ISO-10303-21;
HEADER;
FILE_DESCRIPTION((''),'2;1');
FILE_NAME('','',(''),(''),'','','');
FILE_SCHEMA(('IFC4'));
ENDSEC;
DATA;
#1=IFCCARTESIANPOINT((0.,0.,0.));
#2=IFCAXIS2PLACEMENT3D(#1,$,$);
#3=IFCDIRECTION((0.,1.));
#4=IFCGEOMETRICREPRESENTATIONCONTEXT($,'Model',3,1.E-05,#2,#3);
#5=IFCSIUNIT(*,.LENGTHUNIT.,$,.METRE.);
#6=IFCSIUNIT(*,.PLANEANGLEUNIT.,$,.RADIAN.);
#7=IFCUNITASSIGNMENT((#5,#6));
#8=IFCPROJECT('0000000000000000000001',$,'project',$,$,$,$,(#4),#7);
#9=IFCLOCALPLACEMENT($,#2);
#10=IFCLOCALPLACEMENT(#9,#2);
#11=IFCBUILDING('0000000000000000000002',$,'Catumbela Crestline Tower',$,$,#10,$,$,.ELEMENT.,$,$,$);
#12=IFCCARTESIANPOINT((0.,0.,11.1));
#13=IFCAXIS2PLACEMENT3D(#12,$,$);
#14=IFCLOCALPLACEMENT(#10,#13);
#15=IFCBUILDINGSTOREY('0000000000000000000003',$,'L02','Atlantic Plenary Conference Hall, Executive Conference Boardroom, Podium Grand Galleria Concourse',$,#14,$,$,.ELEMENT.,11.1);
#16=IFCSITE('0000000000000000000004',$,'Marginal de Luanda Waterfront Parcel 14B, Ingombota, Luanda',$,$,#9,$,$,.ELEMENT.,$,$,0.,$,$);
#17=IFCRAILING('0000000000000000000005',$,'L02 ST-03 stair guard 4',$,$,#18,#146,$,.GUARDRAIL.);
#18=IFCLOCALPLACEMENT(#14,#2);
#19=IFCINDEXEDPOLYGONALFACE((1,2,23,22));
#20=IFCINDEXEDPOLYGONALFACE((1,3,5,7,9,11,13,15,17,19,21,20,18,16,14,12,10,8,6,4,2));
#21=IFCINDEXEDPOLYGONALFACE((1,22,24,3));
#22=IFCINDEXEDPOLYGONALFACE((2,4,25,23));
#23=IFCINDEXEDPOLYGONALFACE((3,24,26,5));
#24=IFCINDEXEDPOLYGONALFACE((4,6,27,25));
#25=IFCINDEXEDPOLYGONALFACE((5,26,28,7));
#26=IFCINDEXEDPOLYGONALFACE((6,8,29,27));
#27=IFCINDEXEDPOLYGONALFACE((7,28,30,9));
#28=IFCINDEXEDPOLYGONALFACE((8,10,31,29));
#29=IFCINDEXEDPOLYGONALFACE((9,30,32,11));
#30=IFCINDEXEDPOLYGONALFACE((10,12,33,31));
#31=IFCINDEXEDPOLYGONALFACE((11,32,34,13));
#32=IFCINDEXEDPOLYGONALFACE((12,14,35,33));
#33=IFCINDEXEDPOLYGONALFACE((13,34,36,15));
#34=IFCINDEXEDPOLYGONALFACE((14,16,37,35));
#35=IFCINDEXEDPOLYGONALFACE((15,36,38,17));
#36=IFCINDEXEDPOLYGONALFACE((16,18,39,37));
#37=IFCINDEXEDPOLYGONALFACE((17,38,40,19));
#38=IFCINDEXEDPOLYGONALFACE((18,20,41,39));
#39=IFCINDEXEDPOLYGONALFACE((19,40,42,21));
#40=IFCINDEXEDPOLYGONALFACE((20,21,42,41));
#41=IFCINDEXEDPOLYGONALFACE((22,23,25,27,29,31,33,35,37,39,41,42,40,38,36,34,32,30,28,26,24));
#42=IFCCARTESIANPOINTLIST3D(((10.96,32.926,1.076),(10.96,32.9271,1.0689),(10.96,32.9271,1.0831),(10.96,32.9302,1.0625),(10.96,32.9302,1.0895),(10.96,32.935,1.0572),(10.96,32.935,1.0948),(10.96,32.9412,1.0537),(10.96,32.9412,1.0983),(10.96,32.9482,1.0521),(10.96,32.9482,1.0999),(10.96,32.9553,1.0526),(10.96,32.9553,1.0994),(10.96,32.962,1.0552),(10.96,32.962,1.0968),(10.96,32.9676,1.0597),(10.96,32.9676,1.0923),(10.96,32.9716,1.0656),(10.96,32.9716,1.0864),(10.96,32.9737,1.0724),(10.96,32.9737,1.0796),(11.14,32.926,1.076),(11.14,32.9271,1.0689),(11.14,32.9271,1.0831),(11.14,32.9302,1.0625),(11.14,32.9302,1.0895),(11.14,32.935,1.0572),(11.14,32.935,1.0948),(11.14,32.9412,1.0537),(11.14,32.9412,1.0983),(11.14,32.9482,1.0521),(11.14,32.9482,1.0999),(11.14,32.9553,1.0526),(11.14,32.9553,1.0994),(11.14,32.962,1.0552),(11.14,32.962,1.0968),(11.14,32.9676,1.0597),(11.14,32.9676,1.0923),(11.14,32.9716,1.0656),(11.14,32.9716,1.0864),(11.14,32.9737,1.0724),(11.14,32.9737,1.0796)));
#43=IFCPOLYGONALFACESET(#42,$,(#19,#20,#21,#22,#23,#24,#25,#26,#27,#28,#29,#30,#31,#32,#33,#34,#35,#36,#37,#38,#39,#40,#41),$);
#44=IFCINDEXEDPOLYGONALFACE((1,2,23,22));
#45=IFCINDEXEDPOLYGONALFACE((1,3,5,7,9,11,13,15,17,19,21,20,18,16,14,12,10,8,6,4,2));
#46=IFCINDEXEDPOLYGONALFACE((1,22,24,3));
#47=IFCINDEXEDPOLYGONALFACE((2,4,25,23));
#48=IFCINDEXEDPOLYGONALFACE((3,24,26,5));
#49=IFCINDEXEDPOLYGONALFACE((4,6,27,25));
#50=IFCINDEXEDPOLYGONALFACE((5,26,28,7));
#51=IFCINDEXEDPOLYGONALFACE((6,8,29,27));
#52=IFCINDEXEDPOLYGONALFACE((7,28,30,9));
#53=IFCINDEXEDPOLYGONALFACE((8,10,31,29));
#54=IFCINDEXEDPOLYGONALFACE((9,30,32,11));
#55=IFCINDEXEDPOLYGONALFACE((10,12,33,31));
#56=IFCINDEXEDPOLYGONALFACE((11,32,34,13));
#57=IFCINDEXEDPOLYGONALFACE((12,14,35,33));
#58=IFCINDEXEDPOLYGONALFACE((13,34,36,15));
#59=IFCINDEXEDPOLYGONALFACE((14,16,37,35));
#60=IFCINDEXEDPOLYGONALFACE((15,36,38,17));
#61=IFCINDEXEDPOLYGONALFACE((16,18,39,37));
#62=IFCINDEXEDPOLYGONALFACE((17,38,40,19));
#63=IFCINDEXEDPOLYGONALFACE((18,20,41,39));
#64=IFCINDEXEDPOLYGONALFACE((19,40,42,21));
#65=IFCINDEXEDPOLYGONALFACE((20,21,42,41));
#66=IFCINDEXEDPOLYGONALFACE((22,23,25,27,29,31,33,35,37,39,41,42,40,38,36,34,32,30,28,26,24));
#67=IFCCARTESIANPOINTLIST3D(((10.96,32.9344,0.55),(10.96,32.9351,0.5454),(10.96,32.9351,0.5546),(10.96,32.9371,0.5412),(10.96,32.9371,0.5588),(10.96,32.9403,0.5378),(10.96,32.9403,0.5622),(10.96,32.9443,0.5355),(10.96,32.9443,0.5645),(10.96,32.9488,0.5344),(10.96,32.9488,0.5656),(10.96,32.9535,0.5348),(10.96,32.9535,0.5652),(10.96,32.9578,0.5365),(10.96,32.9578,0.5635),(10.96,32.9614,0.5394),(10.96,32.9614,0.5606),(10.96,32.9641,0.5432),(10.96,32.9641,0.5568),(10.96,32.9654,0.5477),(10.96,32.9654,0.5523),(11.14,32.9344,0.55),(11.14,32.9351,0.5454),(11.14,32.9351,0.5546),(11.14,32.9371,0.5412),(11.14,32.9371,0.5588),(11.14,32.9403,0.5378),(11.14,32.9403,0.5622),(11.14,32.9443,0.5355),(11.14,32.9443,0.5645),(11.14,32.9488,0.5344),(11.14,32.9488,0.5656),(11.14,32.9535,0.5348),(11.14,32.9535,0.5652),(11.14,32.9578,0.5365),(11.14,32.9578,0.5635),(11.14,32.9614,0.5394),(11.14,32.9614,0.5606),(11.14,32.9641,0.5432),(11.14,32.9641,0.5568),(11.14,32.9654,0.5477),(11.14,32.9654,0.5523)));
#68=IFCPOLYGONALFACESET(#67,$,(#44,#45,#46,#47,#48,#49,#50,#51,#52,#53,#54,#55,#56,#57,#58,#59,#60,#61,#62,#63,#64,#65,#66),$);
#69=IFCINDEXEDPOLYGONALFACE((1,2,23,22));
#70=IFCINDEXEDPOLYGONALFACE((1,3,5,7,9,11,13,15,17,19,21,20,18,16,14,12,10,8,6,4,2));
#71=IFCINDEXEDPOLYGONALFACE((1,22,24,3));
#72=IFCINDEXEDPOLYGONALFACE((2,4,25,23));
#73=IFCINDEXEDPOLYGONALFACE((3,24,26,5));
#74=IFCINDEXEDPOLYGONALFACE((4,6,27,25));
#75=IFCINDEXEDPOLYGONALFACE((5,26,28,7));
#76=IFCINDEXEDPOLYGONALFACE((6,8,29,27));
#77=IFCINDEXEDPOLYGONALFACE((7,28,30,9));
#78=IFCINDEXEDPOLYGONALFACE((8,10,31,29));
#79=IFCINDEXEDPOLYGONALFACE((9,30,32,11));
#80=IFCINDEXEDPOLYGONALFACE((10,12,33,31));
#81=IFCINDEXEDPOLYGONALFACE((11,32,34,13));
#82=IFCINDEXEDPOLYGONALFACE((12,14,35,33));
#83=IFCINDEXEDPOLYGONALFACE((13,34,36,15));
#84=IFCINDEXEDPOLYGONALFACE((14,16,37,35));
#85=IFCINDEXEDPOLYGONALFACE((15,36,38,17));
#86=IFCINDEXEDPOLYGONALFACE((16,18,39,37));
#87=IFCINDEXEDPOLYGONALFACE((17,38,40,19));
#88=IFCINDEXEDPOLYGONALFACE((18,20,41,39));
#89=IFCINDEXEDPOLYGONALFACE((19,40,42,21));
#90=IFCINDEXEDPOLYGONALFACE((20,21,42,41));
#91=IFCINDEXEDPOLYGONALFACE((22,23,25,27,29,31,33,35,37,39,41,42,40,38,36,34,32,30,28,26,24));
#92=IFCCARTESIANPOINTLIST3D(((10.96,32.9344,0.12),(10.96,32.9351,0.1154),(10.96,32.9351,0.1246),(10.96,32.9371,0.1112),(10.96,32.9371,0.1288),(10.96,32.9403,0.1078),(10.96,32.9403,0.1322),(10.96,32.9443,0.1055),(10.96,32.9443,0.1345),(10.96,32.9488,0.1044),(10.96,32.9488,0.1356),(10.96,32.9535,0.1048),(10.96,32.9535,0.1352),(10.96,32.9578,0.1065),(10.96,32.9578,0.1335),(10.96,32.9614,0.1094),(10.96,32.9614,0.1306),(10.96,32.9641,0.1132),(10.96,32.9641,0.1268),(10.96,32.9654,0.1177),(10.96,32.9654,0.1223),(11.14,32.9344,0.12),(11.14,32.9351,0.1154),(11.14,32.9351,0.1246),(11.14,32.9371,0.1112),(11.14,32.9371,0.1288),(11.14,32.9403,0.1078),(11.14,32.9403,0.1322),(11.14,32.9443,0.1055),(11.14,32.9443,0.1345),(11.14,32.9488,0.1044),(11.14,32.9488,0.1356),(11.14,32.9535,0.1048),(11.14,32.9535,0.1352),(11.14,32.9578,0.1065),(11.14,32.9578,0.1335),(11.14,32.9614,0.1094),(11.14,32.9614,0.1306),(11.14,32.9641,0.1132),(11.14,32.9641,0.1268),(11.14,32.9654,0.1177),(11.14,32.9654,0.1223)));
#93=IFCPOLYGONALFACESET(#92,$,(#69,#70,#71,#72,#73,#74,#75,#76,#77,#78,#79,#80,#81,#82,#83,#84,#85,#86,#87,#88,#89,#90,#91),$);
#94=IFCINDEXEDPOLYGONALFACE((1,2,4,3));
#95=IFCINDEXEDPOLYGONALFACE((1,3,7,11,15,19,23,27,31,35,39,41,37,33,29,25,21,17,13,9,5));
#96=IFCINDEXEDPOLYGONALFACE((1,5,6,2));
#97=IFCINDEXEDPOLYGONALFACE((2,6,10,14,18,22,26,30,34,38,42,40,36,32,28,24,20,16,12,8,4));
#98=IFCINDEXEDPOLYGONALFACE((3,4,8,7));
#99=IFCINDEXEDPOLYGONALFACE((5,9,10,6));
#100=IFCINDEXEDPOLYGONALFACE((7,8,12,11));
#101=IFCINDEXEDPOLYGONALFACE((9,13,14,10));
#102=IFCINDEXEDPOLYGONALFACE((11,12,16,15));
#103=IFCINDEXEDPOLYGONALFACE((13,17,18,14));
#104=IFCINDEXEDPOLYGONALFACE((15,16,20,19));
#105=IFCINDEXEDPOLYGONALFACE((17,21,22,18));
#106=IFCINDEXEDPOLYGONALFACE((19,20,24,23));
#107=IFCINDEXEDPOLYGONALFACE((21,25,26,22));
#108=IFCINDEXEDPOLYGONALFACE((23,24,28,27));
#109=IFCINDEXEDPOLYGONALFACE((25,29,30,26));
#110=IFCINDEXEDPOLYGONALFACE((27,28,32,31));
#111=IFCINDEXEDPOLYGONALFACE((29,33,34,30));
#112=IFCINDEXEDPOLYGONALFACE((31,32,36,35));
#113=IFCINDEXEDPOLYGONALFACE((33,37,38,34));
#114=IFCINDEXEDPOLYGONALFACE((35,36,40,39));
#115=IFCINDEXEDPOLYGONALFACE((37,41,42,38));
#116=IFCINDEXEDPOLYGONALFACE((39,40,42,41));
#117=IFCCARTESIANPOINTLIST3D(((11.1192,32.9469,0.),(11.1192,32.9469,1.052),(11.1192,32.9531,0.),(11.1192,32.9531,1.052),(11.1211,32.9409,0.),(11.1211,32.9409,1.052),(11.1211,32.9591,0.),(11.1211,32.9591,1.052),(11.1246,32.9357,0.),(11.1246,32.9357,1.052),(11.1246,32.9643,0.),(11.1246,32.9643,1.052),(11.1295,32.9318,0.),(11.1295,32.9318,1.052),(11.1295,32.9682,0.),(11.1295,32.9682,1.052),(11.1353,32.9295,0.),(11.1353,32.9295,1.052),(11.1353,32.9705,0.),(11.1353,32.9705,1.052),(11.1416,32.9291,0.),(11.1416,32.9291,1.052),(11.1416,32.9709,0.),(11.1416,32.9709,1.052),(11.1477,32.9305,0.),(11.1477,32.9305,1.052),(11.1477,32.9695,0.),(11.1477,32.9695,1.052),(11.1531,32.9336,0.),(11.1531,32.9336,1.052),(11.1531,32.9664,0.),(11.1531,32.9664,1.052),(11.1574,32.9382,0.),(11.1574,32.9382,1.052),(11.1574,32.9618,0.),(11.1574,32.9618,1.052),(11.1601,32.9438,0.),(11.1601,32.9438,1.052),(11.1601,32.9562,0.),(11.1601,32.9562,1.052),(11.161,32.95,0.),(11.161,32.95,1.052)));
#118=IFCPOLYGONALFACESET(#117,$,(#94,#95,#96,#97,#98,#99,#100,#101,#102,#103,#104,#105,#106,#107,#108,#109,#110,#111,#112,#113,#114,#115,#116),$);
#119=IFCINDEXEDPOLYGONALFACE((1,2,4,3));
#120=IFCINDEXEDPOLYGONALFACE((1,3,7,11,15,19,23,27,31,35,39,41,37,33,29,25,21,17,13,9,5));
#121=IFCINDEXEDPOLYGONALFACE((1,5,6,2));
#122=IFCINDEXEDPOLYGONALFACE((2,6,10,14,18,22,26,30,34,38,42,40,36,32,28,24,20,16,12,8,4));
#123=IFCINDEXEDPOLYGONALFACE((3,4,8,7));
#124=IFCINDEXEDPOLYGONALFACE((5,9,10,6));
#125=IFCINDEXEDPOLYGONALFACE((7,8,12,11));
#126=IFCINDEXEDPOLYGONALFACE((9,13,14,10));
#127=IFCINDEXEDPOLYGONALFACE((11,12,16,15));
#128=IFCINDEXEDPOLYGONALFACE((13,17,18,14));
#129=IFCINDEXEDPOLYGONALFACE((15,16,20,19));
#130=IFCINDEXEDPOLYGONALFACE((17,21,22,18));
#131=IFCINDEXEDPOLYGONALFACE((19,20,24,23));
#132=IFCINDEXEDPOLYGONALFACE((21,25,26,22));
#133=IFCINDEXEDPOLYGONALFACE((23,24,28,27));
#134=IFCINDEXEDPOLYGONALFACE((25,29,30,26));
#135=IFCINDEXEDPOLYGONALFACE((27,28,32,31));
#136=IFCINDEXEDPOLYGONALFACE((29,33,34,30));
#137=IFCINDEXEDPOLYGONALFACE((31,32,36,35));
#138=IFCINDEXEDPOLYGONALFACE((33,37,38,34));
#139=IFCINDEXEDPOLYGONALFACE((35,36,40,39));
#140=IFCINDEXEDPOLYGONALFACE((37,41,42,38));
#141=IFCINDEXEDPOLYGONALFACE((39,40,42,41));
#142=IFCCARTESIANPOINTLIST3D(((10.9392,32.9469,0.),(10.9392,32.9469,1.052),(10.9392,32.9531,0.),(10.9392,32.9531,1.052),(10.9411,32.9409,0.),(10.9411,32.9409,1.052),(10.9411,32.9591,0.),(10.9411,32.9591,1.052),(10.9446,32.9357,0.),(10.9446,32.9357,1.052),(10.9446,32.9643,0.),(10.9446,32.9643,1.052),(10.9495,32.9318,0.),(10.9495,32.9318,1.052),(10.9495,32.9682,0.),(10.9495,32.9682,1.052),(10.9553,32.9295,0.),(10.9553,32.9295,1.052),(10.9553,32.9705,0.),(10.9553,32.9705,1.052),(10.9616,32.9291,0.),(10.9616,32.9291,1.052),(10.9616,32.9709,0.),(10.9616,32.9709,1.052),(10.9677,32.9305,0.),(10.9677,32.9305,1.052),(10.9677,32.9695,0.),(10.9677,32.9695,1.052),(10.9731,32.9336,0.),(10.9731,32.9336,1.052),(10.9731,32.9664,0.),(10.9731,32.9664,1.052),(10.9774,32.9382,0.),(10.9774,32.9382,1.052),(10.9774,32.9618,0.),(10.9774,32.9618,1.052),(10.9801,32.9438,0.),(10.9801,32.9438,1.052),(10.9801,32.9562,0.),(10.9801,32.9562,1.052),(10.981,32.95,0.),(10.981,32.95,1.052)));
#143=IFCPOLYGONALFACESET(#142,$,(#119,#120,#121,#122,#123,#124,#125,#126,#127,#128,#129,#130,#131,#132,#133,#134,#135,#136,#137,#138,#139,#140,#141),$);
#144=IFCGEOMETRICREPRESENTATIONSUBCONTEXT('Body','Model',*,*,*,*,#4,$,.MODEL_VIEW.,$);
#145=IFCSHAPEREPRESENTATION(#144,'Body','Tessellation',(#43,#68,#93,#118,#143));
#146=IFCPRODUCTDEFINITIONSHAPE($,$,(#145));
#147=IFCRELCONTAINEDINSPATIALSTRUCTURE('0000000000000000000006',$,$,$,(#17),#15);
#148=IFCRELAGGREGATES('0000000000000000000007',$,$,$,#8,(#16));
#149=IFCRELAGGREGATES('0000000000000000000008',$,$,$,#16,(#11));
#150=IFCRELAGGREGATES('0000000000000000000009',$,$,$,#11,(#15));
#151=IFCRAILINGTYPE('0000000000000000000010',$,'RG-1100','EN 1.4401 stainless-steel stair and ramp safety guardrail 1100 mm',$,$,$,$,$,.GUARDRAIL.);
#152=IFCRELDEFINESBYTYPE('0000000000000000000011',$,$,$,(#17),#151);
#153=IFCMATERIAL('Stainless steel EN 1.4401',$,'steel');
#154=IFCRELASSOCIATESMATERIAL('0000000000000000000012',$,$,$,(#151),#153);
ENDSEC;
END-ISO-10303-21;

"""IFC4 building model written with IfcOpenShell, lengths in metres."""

from ifc_helpers import new_model, si_unit, direction, frame, origin, origin_2d, place, context, subcontext, project, spatial, circle, extrude, material, type_object, element, save


model = new_model("IFC4")

# Units and contexts
model_context = context("Model", 3, precision=1e-05, world=origin(), true_north=direction((0.0, 1.0)))
body_context = subcontext(model_context, "Body", "Model", "MODEL_VIEW")
ifc_project = project(units=[si_unit("LENGTHUNIT", "METRE"), si_unit("PLANEANGLEUNIT", "RADIAN")], contexts=[model_context])

# Site, building, storey
site_placement = place(None, origin())
site = spatial("IfcSite", under=ifc_project, at=site_placement, Name="Marginal de Luanda Waterfront Parcel 14B, Ingombota, Luanda", CompositionType="ELEMENT", RefElevation=0.0)
building_placement = place(site_placement, origin())
building = spatial("IfcBuilding", under=site, at=building_placement, Name="Catumbela Crestline Tower", CompositionType="ELEMENT")
storey_placement = place(building_placement, frame((0.0, 0.0, 11.1)))
storey = spatial("IfcBuildingStorey", under=building, at=storey_placement, Name="L02", Description="Atlantic Plenary Conference Hall, Executive Conference Boardroom, Podium Grand Galleria Concourse", CompositionType="ELEMENT", Elevation=11.1)

# Shared definitions
ifc_material_1 = material(Name="Stainless steel EN 1.4401", Category="steel")

# Railing
railing_type_1 = type_object("IfcRailingType", Name="RG-1100", Description="EN 1.4401 stainless-steel stair and ramp safety guardrail 1100 mm", PredefinedType="GUARDRAIL", material=ifc_material_1)
railing_1_placement = place(storey_placement, frame((11.14, 32.95, 0.0)))
element("IfcRailing", 1, at=railing_1_placement, inside=storey, type_object=railing_type_1, Name="L02 ST-03 stair guard 4", PredefinedType="GUARDRAIL", context=body_context, shape_type="SweptSolid", body=[
    extrude(circle(Radius=0.024, at=origin_2d()), frame((0.0, 0.0, 1.076), z_axis=(-1.0, 0.0, 0.0), x_axis=(0.0, -1.0, 0.0)), (0.0, 0.0, 1.0), 0.18),
    extrude(circle(Radius=0.0156, at=origin_2d()), frame((0.0, 0.0, 0.55), z_axis=(-1.0, 0.0, 0.0), x_axis=(0.0, -1.0, 0.0)), (0.0, 0.0, 1.0), 0.18),
    extrude(circle(Radius=0.0156, at=origin_2d()), frame((0.0, 0.0, 0.12), z_axis=(-1.0, 0.0, 0.0), x_axis=(0.0, -1.0, 0.0)), (0.0, 0.0, 1.0), 0.18),
    extrude(circle(Radius=0.021, at=origin_2d()), origin(), (0.0, 0.0, 1.0), 1.052),
    extrude(circle(Radius=0.021, at=origin_2d()), frame((-0.18, 0.0, 0.0)), (0.0, 0.0, 1.0), 1.052),
])

save(model, "model.ifc")
